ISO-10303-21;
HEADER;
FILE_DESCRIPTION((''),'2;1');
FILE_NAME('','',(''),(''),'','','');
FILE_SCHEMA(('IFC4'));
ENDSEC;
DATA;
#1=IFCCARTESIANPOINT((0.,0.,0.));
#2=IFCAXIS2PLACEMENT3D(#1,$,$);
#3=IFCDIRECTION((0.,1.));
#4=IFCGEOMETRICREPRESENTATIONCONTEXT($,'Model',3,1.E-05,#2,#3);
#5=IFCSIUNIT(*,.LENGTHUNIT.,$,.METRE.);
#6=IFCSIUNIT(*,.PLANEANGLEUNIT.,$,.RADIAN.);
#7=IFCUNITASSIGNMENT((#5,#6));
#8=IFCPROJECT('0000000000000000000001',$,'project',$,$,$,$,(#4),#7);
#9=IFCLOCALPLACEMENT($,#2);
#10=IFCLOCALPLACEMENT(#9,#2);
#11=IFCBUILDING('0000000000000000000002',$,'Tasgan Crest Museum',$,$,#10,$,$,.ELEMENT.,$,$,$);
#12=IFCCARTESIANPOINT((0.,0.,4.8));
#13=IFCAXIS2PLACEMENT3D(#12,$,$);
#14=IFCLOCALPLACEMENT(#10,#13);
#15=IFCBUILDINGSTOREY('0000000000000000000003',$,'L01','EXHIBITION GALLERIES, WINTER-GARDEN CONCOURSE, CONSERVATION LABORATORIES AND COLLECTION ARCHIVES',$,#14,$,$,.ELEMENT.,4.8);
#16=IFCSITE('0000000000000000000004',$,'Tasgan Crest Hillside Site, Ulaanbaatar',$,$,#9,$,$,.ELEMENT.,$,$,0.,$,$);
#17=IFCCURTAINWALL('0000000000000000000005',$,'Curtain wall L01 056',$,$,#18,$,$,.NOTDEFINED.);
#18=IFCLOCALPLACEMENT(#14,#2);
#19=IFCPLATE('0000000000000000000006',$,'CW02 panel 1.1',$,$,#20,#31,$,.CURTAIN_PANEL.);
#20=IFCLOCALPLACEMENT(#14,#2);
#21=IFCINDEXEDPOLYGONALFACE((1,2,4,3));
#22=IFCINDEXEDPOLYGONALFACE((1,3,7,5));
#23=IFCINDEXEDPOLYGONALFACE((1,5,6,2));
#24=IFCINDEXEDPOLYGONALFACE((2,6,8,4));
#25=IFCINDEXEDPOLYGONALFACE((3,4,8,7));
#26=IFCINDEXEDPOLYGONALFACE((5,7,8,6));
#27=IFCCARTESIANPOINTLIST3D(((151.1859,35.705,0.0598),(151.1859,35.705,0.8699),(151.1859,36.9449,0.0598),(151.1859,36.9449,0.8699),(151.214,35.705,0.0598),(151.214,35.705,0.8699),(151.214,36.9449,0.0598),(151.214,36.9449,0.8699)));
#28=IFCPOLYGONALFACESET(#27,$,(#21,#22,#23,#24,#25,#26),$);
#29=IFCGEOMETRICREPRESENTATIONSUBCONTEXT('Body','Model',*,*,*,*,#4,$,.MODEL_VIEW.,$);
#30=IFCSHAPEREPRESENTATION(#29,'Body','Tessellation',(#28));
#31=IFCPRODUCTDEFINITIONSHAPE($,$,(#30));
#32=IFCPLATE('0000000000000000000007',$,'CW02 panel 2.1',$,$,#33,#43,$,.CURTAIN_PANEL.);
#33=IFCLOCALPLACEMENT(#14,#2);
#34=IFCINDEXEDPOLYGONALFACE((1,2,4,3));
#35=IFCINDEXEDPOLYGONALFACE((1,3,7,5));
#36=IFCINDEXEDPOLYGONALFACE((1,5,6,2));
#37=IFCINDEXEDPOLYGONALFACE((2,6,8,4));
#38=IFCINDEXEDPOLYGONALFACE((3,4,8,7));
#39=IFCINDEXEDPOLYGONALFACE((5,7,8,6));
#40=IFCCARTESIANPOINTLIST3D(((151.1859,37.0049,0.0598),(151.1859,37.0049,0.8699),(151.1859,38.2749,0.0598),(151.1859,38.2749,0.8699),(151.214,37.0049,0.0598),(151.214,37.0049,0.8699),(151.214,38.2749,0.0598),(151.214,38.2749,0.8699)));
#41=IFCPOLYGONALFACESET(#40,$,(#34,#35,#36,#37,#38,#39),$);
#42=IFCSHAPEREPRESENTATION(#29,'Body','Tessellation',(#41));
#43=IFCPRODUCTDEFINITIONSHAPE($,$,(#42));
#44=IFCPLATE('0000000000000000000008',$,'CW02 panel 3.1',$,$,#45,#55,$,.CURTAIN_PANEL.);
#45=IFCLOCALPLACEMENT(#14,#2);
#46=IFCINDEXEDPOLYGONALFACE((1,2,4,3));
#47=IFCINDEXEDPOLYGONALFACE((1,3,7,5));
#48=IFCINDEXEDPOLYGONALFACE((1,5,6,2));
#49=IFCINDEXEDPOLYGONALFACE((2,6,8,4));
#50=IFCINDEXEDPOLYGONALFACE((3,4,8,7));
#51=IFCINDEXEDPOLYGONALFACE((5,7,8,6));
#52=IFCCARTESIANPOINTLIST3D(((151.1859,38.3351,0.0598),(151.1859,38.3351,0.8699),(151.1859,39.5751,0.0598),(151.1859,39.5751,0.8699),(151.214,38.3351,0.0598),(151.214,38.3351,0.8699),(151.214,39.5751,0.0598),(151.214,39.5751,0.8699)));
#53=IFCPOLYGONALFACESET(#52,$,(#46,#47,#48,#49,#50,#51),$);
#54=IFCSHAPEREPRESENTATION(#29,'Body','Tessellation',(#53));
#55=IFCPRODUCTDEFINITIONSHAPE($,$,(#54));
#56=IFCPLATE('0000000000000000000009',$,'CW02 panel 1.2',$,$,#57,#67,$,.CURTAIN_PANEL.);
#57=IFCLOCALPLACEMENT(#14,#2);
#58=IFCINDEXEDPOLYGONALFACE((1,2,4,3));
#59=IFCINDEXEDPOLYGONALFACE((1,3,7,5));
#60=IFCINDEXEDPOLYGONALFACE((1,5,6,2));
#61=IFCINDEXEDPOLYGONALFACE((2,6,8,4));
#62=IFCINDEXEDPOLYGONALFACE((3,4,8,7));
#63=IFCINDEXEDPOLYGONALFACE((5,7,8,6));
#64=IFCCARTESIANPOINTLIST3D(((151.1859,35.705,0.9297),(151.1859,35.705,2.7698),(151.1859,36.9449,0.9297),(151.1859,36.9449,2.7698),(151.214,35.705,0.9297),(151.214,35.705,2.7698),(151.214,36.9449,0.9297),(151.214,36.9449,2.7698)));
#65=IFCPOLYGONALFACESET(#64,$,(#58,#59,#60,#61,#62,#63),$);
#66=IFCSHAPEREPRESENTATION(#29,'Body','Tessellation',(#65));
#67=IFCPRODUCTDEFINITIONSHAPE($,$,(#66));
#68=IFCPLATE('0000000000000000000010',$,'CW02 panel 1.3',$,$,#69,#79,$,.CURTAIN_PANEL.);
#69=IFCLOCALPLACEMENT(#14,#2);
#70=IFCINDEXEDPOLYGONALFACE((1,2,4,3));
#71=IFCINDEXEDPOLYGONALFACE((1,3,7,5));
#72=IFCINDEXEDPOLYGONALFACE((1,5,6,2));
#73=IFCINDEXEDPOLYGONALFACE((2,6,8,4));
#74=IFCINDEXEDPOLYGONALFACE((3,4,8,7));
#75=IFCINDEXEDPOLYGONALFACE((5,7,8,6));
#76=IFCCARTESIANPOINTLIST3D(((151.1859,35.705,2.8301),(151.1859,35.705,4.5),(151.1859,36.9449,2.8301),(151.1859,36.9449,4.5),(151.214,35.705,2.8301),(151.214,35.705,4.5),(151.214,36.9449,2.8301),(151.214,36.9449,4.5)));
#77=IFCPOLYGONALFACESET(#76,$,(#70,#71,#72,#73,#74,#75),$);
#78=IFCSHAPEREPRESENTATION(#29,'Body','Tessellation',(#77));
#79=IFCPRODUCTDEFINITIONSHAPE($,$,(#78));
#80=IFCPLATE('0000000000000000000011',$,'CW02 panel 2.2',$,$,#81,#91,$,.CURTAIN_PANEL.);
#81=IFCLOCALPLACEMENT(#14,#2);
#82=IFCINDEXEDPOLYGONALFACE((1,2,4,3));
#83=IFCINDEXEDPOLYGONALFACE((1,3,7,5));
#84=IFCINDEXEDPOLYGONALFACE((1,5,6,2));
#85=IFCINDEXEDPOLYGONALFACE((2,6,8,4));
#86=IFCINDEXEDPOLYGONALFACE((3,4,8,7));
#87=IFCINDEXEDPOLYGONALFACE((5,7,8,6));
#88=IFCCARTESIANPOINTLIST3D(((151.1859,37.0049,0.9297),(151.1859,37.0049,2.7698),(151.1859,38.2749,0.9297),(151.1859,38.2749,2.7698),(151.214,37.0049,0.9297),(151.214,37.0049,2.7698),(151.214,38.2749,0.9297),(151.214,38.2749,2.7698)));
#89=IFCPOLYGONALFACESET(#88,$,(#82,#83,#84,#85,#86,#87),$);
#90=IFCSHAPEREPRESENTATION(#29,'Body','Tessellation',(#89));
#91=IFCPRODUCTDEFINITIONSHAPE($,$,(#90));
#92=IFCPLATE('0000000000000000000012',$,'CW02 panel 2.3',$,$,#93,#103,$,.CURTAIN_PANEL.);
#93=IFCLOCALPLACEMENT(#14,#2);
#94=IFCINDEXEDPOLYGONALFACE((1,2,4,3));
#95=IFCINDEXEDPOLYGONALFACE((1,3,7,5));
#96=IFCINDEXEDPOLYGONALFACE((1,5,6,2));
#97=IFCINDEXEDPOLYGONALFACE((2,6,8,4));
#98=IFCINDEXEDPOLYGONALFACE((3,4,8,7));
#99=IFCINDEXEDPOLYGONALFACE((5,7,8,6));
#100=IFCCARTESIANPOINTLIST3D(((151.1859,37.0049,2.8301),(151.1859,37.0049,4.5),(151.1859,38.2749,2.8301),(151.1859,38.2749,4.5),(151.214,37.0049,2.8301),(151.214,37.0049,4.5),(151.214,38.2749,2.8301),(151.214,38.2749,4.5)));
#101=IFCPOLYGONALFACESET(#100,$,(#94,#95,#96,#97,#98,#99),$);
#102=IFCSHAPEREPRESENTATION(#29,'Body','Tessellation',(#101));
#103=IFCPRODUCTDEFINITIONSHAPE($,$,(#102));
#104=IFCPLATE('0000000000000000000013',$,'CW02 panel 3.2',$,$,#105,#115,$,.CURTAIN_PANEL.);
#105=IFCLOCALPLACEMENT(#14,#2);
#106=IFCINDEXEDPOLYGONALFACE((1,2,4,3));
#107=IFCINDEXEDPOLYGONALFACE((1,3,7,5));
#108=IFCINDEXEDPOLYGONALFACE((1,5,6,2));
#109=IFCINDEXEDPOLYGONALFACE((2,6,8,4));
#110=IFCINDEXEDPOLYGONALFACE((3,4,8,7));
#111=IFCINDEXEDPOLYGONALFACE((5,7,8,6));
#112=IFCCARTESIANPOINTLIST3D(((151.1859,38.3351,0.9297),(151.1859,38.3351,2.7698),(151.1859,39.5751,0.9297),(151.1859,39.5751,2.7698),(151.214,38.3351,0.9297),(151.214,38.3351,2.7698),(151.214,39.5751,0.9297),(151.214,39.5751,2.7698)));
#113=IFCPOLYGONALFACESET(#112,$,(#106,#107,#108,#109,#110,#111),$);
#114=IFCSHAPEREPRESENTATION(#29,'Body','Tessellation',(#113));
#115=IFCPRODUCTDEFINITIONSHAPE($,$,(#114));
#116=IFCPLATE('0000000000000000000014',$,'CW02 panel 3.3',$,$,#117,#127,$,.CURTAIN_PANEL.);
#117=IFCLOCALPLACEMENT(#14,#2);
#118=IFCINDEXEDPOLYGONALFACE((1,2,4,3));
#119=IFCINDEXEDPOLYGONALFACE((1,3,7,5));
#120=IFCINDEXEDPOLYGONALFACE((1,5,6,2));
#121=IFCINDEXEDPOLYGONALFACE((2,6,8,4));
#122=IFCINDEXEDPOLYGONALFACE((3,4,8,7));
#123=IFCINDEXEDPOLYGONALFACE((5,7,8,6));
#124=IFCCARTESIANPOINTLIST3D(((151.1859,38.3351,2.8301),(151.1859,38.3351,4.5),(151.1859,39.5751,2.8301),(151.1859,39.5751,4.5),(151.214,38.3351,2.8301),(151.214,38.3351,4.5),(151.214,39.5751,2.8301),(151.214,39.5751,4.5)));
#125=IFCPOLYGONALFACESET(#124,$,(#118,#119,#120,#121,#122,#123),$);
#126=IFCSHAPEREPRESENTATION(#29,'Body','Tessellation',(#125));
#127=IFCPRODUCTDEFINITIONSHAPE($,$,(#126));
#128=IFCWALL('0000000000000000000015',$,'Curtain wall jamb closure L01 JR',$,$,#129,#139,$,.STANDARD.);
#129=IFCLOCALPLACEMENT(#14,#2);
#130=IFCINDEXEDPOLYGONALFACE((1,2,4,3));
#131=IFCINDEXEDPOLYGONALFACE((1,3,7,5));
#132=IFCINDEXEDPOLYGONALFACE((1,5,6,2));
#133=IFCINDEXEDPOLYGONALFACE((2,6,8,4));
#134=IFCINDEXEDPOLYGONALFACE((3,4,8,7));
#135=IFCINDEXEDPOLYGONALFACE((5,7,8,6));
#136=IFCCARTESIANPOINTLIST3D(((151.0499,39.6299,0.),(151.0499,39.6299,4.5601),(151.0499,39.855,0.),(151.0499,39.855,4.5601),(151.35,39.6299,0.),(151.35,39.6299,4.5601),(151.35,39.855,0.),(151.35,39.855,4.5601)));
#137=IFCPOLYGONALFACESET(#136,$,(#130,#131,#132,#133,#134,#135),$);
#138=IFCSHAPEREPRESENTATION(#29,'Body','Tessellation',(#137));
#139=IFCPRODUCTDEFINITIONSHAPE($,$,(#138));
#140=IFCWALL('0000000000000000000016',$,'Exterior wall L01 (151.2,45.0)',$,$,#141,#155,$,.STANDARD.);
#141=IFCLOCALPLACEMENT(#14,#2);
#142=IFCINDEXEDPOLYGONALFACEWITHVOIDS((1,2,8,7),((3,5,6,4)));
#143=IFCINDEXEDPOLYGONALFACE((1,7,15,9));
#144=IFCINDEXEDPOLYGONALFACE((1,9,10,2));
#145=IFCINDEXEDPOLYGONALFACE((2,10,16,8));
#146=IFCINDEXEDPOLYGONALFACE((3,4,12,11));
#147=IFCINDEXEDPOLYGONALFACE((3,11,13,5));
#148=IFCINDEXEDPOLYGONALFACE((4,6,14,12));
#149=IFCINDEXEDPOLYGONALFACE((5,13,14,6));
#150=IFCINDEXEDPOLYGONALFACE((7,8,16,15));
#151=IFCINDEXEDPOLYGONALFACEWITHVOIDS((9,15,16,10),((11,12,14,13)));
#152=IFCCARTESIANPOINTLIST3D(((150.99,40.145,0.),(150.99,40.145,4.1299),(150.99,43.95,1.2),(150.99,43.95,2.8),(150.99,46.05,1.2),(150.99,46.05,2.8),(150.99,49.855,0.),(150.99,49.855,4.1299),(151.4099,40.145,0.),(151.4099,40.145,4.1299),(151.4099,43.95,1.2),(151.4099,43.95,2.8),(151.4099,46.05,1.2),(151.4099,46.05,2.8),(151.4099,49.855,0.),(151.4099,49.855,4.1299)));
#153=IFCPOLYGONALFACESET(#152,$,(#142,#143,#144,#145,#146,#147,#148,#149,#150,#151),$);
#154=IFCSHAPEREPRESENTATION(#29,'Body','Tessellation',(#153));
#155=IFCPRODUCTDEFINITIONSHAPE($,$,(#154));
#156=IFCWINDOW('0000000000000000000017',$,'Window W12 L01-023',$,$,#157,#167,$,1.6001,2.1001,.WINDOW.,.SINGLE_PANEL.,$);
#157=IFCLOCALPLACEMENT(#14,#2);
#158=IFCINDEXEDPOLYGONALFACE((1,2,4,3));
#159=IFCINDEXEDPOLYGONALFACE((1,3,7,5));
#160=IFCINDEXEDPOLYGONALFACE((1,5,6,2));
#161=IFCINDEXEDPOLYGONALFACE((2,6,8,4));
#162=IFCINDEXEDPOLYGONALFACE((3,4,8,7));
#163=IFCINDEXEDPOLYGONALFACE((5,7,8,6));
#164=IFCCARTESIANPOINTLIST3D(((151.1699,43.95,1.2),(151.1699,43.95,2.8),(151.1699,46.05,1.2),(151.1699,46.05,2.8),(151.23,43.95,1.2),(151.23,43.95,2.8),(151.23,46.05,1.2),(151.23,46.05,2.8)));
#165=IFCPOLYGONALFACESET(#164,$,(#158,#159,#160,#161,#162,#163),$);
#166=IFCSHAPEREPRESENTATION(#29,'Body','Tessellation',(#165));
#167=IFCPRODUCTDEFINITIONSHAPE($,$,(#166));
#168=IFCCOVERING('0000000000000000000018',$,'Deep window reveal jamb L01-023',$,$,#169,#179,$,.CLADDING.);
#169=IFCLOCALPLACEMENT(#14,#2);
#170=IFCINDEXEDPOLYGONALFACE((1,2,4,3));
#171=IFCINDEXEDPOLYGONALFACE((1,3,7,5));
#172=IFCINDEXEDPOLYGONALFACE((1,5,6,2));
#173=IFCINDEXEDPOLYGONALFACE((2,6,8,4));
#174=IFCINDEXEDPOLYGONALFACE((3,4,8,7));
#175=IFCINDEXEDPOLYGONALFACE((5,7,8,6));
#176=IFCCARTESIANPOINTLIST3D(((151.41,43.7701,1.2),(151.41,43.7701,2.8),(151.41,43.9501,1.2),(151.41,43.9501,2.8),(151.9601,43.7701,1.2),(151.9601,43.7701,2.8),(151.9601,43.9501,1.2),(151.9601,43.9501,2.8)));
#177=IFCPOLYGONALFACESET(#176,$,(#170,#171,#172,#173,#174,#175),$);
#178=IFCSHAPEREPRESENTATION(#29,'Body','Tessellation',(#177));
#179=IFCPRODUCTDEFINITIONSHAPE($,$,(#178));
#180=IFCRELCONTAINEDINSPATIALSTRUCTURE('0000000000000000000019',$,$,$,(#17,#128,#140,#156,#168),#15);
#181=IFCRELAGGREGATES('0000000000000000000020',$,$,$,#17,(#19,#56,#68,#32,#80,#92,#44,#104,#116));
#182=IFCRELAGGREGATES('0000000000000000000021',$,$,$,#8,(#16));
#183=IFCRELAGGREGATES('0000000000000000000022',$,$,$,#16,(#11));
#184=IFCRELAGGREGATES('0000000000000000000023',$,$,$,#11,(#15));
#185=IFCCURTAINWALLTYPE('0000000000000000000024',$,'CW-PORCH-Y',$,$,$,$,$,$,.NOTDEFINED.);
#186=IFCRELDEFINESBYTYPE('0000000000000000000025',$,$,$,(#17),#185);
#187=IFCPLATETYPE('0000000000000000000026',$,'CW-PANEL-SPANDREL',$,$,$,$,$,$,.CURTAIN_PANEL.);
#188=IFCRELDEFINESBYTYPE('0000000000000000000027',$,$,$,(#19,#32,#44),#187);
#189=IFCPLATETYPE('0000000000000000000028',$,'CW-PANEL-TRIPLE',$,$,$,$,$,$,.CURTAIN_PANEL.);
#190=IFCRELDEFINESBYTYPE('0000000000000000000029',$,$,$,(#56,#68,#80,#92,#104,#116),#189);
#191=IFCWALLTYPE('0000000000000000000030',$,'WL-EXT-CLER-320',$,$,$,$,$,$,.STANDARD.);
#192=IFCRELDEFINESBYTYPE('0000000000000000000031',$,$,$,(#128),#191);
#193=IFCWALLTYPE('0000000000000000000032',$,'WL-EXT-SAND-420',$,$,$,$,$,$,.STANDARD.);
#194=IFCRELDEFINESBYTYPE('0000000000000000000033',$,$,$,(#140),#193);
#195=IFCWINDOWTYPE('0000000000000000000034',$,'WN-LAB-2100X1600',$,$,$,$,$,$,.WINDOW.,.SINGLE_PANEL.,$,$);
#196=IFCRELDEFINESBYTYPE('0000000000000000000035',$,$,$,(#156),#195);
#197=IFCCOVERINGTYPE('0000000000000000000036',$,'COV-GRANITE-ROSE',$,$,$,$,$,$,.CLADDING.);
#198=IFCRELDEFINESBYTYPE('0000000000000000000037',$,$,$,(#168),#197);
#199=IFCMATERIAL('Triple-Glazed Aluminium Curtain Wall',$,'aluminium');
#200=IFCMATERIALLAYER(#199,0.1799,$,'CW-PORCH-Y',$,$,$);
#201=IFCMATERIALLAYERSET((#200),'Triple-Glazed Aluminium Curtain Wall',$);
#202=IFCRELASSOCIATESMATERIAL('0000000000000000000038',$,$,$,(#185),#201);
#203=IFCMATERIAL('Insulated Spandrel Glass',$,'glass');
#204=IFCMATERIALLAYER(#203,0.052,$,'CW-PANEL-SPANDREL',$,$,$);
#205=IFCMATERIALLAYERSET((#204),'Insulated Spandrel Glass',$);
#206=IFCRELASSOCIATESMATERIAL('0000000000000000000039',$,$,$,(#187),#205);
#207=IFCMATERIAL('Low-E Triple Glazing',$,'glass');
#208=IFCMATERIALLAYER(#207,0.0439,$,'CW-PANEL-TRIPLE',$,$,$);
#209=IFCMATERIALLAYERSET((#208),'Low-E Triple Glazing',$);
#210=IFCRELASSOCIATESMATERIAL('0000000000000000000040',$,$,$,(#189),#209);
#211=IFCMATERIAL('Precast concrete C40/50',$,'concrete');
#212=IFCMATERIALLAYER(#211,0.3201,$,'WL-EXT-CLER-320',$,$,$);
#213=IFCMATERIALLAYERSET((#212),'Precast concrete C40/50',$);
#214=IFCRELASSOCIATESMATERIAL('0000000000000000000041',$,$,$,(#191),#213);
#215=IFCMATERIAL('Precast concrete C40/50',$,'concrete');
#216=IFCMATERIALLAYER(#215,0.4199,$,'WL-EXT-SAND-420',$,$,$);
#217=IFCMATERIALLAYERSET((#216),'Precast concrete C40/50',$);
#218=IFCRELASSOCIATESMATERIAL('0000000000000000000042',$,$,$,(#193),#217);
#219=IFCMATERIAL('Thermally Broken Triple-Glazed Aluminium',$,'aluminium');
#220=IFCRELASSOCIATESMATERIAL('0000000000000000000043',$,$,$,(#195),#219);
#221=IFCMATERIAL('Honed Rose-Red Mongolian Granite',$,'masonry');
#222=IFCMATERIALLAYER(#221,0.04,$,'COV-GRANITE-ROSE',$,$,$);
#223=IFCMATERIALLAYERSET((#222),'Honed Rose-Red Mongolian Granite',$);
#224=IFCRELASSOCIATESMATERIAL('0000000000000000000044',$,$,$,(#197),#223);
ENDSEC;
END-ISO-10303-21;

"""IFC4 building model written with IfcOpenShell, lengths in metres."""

from ifc_helpers import new_model, si_unit, direction, frame, frame_2d, origin, origin_2d, place, context, subcontext, project, spatial, rectangle, extrude, material, layer, layer_set, type_object, element, fill, aggregate, save


model = new_model("IFC4")

# Units and contexts
model_context = context("Model", 3, precision=1e-05, world=origin(), true_north=direction((0.0, 1.0)))
body_context = subcontext(model_context, "Body", "Model", "MODEL_VIEW")
ifc_project = project(units=[si_unit("LENGTHUNIT", "METRE"), si_unit("PLANEANGLEUNIT", "RADIAN")], contexts=[model_context])

# Site, building, storey
site_placement = place(None, origin())
site = spatial("IfcSite", under=ifc_project, at=site_placement, Name="Tasgan Crest Hillside Site, Ulaanbaatar", CompositionType="ELEMENT", RefElevation=0.0)
building_placement = place(site_placement, origin())
building = spatial("IfcBuilding", under=site, at=building_placement, Name="Tasgan Crest Museum", CompositionType="ELEMENT")
storey_placement = place(building_placement, frame((0.0, 0.0, 4.8)))
storey = spatial("IfcBuildingStorey", under=building, at=storey_placement, Name="L01", Description="EXHIBITION GALLERIES, WINTER-GARDEN CONCOURSE, CONSERVATION LABORATORIES AND COLLECTION ARCHIVES", CompositionType="ELEMENT", Elevation=4.8)

# Curtain wall, plates
ifc_material_1 = material(Name="Triple-Glazed Aluminium Curtain Wall", Category="aluminium")
ifc_layer_1 = layer(ifc_material_1, 0.1799, Name="CW-PORCH-Y")
ifc_layer_set_1 = layer_set([ifc_layer_1], Name="Triple-Glazed Aluminium Curtain Wall")
curtain_wall_type = type_object("IfcCurtainWallType", Name="CW-PORCH-Y", PredefinedType="NOTDEFINED", material=ifc_layer_set_1)
curtain_wall_placement = place(storey_placement, origin())
curtain_wall = element("IfcCurtainWall", 1, at=curtain_wall_placement, inside=storey, type_object=curtain_wall_type, Name="Curtain wall L01 056", PredefinedType="NOTDEFINED")
ifc_material_2 = material(Name="Insulated Spandrel Glass", Category="glass")
ifc_layer_2 = layer(ifc_material_2, 0.052, Name="CW-PANEL-SPANDREL")
ifc_layer_set_2 = layer_set([ifc_layer_2], Name="Insulated Spandrel Glass")
plate_type_1 = type_object("IfcPlateType", Name="CW-PANEL-SPANDREL", PredefinedType="CURTAIN_PANEL", material=ifc_layer_set_2)
plate_1_placement = place(storey_placement, frame((151.2, 36.325, 0.0598), z_axis=(0.0, 0.0, 1.0), x_axis=(0.0, 1.0, 0.0)))
plate_1 = element("IfcPlate", 2, at=plate_1_placement, type_object=plate_type_1, Name="CW02 panel 1.1", PredefinedType="CURTAIN_PANEL", context=body_context, shape_type="SweptSolid", body=[
    extrude(rectangle(XDim=1.24, YDim=0.0281, at=origin_2d()), origin(), (0.0, 0.0, 1.0), 0.8101),
])
plate_2_placement = place(storey_placement, frame((151.2, 37.6399, 0.0598), z_axis=(0.0, 0.0, 1.0), x_axis=(0.0, 1.0, 0.0)))
plate_2 = element("IfcPlate", 3, at=plate_2_placement, type_object=plate_type_1, Name="CW02 panel 2.1", PredefinedType="CURTAIN_PANEL", context=body_context, shape_type="SweptSolid", body=[
    extrude(rectangle(XDim=1.27, YDim=0.0281, at=origin_2d()), origin(), (0.0, 0.0, 1.0), 0.8101),
])
plate_3_placement = place(storey_placement, frame((151.2, 38.9551, 0.0598), z_axis=(0.0, 0.0, 1.0), x_axis=(0.0, 1.0, 0.0)))
plate_3 = element("IfcPlate", 4, at=plate_3_placement, type_object=plate_type_1, Name="CW02 panel 3.1", PredefinedType="CURTAIN_PANEL", context=body_context, shape_type="SweptSolid", body=[
    extrude(rectangle(XDim=1.24, YDim=0.0281, at=origin_2d()), origin(), (0.0, 0.0, 1.0), 0.8101),
])
ifc_material_3 = material(Name="Low-E Triple Glazing", Category="glass")
ifc_layer_3 = layer(ifc_material_3, 0.0439, Name="CW-PANEL-TRIPLE")
ifc_layer_set_3 = layer_set([ifc_layer_3], Name="Low-E Triple Glazing")
plate_type_2 = type_object("IfcPlateType", Name="CW-PANEL-TRIPLE", PredefinedType="CURTAIN_PANEL", material=ifc_layer_set_3)
plate_4_placement = place(storey_placement, frame((151.2, 36.325, 0.9297), z_axis=(0.0, 0.0, 1.0), x_axis=(0.0, 1.0, 0.0)))
plate_4 = element("IfcPlate", 5, at=plate_4_placement, type_object=plate_type_2, Name="CW02 panel 1.2", PredefinedType="CURTAIN_PANEL", context=body_context, shape_type="SweptSolid", body=[
    extrude(rectangle(XDim=1.24, YDim=0.0281, at=origin_2d()), origin(), (0.0, 0.0, 1.0), 1.8401),
])
plate_5_placement = place(storey_placement, frame((151.2, 36.325, 2.8301), z_axis=(0.0, 0.0, 1.0), x_axis=(0.0, 1.0, 0.0)))
plate_5 = element("IfcPlate", 6, at=plate_5_placement, type_object=plate_type_2, Name="CW02 panel 1.3", PredefinedType="CURTAIN_PANEL", context=body_context, shape_type="SweptSolid", body=[
    extrude(rectangle(XDim=1.24, YDim=0.0281, at=origin_2d()), origin(), (0.0, 0.0, 1.0), 1.6699),
])
plate_6_placement = place(storey_placement, frame((151.2, 37.6399, 0.9297), z_axis=(0.0, 0.0, 1.0), x_axis=(0.0, 1.0, 0.0)))
plate_6 = element("IfcPlate", 7, at=plate_6_placement, type_object=plate_type_2, Name="CW02 panel 2.2", PredefinedType="CURTAIN_PANEL", context=body_context, shape_type="SweptSolid", body=[
    extrude(rectangle(XDim=1.27, YDim=0.0281, at=origin_2d()), origin(), (0.0, 0.0, 1.0), 1.8401),
])
plate_7_placement = place(storey_placement, frame((151.2, 37.6399, 2.8301), z_axis=(0.0, 0.0, 1.0), x_axis=(0.0, 1.0, 0.0)))
plate_7 = element("IfcPlate", 8, at=plate_7_placement, type_object=plate_type_2, Name="CW02 panel 2.3", PredefinedType="CURTAIN_PANEL", context=body_context, shape_type="SweptSolid", body=[
    extrude(rectangle(XDim=1.27, YDim=0.0281, at=origin_2d()), origin(), (0.0, 0.0, 1.0), 1.6699),
])
plate_8_placement = place(storey_placement, frame((151.2, 38.9551, 0.9297), z_axis=(0.0, 0.0, 1.0), x_axis=(0.0, 1.0, 0.0)))
plate_8 = element("IfcPlate", 9, at=plate_8_placement, type_object=plate_type_2, Name="CW02 panel 3.2", PredefinedType="CURTAIN_PANEL", context=body_context, shape_type="SweptSolid", body=[
    extrude(rectangle(XDim=1.24, YDim=0.0281, at=origin_2d()), origin(), (0.0, 0.0, 1.0), 1.8401),
])
plate_9_placement = place(storey_placement, frame((151.2, 38.9551, 2.8301), z_axis=(0.0, 0.0, 1.0), x_axis=(0.0, 1.0, 0.0)))
plate_9 = element("IfcPlate", 10, at=plate_9_placement, type_object=plate_type_2, Name="CW02 panel 3.3", PredefinedType="CURTAIN_PANEL", context=body_context, shape_type="SweptSolid", body=[
    extrude(rectangle(XDim=1.24, YDim=0.0281, at=origin_2d()), origin(), (0.0, 0.0, 1.0), 1.6699),
])
aggregate(curtain_wall, [plate_1, plate_4, plate_5, plate_2, plate_6, plate_7, plate_3, plate_8, plate_9])

# Wall
ifc_material_4 = material(Name="Precast concrete C40/50", Category="concrete")
ifc_layer_4 = layer(ifc_material_4, 0.3201, Name="WL-EXT-CLER-320")
ifc_layer_set_4 = layer_set([ifc_layer_4], Name="Precast concrete C40/50")
wall_type_1 = type_object("IfcWallType", Name="WL-EXT-CLER-320", PredefinedType="STANDARD", material=ifc_layer_set_4)
wall_1_placement = place(storey_placement, frame((151.2, 39.6299, 0.0), z_axis=(0.0, 0.0, 1.0), x_axis=(0.0, 1.0, 0.0)))
element("IfcWall", 11, at=wall_1_placement, inside=storey, type_object=wall_type_1, Name="Curtain wall jamb closure L01 JR", PredefinedType="STANDARD", context=body_context, shape_type="SweptSolid", body=[
    extrude(rectangle(XDim=0.2251, YDim=0.3, at=frame_2d((0.1125, 0.0))), origin(), (0.0, 0.0, 1.0), 4.5601),
])

# Wall, opening, window
ifc_material_5 = material(Name="Precast concrete C40/50", Category="concrete")
ifc_layer_5 = layer(ifc_material_5, 0.4199, Name="WL-EXT-SAND-420")
ifc_layer_set_5 = layer_set([ifc_layer_5], Name="Precast concrete C40/50")
wall_type_2 = type_object("IfcWallType", Name="WL-EXT-SAND-420", PredefinedType="STANDARD", material=ifc_layer_set_5)
wall_2_placement = place(storey_placement, frame((151.2, 40.145, 0.0), z_axis=(0.0, 0.0, 1.0), x_axis=(0.0, 1.0, 0.0)))
wall_2 = element("IfcWall", 12, at=wall_2_placement, inside=storey, type_object=wall_type_2, Name="Exterior wall L01 (151.2,45.0)", PredefinedType="STANDARD", context=body_context, shape_type="SweptSolid", body=[
    extrude(rectangle(XDim=9.71, YDim=0.4199, at=frame_2d((4.855, 0.0))), origin(), (0.0, 0.0, 1.0), 4.1299),
])
opening_placement = place(wall_2_placement, frame((3.8049, 0.0, 1.2)))
opening = element("IfcOpeningElement", 13, at=opening_placement, cuts=wall_2, PredefinedType="OPENING", context=body_context, shape_type="SweptSolid", body=[
    extrude(rectangle(XDim=2.1001, YDim=1.6001, at=frame_2d((1.05, 0.8))), frame((0.0, 0.22, 0.0), z_axis=(0.0, -1.0, 0.0), x_axis=(1.0, 0.0, 0.0)), (0.0, 0.0, 1.0), 0.4399),
])
ifc_material_6 = material(Name="Thermally Broken Triple-Glazed Aluminium", Category="aluminium")
window_type = type_object("IfcWindowType", Name="WN-LAB-2100X1600", PartitioningType="SINGLE_PANEL", PredefinedType="WINDOW", material=ifc_material_6)
window_placement = place(opening_placement, origin())
window = element("IfcWindow", 14, at=window_placement, inside=storey, type_object=window_type, Name="Window W12 L01-023", OverallHeight=1.6001, OverallWidth=2.1001, PartitioningType="SINGLE_PANEL", PredefinedType="WINDOW", context=body_context, shape_type="SweptSolid", body=[
    extrude(rectangle(XDim=2.1001, YDim=1.6001, at=frame_2d((1.05, 0.8))), frame((0.0, 0.03, 0.0), z_axis=(0.0, -1.0, 0.0), x_axis=(1.0, 0.0, 0.0)), (0.0, 0.0, 1.0), 0.0601),
])
fill(opening, window)

# Covering
ifc_material_7 = material(Name="Honed Rose-Red Mongolian Granite", Category="masonry")
ifc_layer_6 = layer(ifc_material_7, 0.04, Name="COV-GRANITE-ROSE")
ifc_layer_set_6 = layer_set([ifc_layer_6], Name="Honed Rose-Red Mongolian Granite")
covering_type_1 = type_object("IfcCoveringType", Name="COV-GRANITE-ROSE", PredefinedType="CLADDING", material=ifc_layer_set_6)
for number, where, z_axis, x_axis, name in (
    (15, (151.6851, 43.8601, 1.2), (0.0, 0.0, 1.0), (0.0, 1.0, 0.0), "Deep window reveal jamb L01-023"),
):
    element("IfcCovering", number, at=place(storey_placement, frame(where, z_axis=z_axis, x_axis=x_axis)), inside=storey, type_object=covering_type_1, Name=name, PredefinedType="CLADDING", context=body_context, shape_type="SweptSolid", body=[
        extrude(rectangle(XDim=0.1799, YDim=0.55, at=origin_2d()), origin(), (0.0, 0.0, 1.0), 1.6001),
    ])

save(model, "model.ifc")
